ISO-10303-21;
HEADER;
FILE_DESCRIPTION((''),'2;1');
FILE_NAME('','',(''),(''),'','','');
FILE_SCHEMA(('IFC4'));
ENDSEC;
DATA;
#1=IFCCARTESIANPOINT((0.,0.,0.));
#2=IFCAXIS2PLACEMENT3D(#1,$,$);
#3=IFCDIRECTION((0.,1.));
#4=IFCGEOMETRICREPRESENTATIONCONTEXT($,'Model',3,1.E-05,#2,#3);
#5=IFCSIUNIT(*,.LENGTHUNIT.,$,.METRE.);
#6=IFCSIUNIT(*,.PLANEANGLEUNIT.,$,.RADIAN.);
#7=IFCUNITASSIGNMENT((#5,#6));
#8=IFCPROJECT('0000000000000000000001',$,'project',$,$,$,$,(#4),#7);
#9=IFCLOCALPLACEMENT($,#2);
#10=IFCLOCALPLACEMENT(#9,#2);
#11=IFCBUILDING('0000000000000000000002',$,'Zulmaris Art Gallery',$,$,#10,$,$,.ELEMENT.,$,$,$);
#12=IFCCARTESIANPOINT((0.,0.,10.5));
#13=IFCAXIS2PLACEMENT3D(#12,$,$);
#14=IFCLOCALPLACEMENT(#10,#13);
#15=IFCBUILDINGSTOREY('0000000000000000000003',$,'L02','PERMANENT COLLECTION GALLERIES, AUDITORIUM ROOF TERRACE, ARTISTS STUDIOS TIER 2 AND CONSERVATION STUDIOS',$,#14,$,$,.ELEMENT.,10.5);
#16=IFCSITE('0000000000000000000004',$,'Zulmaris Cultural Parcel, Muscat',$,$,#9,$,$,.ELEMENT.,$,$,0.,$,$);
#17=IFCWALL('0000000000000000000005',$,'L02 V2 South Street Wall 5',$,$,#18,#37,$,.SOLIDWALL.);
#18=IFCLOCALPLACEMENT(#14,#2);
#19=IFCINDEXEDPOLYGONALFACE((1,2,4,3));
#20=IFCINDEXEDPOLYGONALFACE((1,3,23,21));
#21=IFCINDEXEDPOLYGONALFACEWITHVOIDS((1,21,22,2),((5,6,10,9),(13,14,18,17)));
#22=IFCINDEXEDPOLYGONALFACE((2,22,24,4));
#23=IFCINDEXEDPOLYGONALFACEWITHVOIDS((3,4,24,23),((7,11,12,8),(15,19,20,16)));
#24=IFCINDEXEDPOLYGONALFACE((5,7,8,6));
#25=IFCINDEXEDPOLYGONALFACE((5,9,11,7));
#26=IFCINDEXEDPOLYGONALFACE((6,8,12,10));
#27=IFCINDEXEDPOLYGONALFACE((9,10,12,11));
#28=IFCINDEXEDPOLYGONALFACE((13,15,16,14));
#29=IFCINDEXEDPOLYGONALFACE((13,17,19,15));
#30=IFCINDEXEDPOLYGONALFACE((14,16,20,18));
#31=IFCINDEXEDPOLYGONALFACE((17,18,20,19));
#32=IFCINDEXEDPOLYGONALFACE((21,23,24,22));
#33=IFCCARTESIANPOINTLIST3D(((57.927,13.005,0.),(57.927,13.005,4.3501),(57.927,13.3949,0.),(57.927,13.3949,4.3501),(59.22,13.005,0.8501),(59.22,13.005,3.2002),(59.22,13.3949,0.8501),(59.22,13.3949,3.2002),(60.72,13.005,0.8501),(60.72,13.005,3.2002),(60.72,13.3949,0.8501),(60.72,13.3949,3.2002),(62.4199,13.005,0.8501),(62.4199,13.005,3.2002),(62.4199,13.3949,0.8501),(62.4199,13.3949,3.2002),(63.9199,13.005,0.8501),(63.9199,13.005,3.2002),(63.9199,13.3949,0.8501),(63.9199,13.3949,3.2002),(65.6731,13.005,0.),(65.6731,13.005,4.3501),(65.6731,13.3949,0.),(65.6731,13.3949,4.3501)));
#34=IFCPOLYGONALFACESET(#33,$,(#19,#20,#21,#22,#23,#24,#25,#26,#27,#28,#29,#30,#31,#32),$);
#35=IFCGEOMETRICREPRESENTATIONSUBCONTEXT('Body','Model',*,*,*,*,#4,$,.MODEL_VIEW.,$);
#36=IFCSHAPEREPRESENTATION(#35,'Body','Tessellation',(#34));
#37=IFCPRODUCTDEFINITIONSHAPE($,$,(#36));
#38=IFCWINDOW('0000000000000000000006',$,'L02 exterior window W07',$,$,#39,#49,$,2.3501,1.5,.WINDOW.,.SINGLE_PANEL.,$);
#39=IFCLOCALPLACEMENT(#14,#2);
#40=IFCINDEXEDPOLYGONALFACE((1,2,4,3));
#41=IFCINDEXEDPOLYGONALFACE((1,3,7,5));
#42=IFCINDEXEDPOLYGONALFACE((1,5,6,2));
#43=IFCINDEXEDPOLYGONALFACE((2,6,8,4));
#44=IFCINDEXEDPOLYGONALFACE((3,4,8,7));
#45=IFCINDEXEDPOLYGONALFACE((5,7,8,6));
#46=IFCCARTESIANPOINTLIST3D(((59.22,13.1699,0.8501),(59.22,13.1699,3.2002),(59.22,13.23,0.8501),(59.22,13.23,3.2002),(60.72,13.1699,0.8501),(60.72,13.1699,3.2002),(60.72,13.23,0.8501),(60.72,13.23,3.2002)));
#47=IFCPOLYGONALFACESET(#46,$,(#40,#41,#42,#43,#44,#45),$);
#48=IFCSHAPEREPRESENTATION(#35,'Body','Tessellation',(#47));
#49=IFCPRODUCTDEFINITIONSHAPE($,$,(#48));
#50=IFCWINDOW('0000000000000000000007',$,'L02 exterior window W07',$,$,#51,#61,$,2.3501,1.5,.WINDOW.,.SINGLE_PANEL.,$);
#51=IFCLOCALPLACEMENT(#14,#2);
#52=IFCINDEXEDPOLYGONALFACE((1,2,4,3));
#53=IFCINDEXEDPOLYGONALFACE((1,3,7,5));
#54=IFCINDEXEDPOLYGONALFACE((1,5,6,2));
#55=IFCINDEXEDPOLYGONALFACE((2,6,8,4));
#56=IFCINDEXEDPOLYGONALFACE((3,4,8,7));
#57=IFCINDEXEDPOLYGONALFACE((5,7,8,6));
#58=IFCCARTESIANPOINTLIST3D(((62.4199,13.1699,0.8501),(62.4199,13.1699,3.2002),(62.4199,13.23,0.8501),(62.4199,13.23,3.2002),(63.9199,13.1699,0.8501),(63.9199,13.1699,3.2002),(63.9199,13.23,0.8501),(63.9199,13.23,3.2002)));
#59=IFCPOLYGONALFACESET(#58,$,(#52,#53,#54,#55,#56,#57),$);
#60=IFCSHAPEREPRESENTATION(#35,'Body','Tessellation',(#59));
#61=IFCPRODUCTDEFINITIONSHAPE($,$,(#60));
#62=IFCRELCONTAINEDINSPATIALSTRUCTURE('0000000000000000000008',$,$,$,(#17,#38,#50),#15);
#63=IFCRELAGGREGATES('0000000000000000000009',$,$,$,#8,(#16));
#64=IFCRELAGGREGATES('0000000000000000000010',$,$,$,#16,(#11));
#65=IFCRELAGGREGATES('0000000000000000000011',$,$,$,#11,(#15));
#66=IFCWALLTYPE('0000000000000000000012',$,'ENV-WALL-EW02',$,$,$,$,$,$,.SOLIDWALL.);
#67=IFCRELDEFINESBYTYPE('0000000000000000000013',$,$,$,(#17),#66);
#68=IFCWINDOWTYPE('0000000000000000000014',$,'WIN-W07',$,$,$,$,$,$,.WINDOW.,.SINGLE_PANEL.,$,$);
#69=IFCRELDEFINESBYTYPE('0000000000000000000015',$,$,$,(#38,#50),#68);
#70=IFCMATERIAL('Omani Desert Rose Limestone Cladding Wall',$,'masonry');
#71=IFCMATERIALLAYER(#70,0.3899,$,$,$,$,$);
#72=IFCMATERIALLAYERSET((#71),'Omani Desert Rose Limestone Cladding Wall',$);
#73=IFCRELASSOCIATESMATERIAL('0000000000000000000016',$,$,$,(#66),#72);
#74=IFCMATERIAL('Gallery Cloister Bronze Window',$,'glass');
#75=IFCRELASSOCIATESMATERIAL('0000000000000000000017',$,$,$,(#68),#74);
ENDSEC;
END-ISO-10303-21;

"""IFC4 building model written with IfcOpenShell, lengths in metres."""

from ifc_helpers import new_model, si_unit, direction, frame, frame_2d, origin, place, context, subcontext, project, spatial, rectangle, extrude, material, layer, layer_set, type_object, element, fill, save


model = new_model("IFC4")

# Units and contexts
model_context = context("Model", 3, precision=1e-05, world=origin(), true_north=direction((0.0, 1.0)))
body_context = subcontext(model_context, "Body", "Model", "MODEL_VIEW")
ifc_project = project(units=[si_unit("LENGTHUNIT", "METRE"), si_unit("PLANEANGLEUNIT", "RADIAN")], contexts=[model_context])

# Site, building, storey
site_placement = place(None, origin())
site = spatial("IfcSite", under=ifc_project, at=site_placement, Name="Zulmaris Cultural Parcel, Muscat", CompositionType="ELEMENT", RefElevation=0.0)
building_placement = place(site_placement, origin())
building = spatial("IfcBuilding", under=site, at=building_placement, Name="Zulmaris Art Gallery", CompositionType="ELEMENT")
storey_placement = place(building_placement, frame((0.0, 0.0, 10.5)))
storey = spatial("IfcBuildingStorey", under=building, at=storey_placement, Name="L02", Description="PERMANENT COLLECTION GALLERIES, AUDITORIUM ROOF TERRACE, ARTISTS STUDIOS TIER 2 AND CONSERVATION STUDIOS", CompositionType="ELEMENT", Elevation=10.5)

# Wall, openings, windows
ifc_material_1 = material(Name="Omani Desert Rose Limestone Cladding Wall", Category="masonry")
ifc_layer_1 = layer(ifc_material_1, 0.3899)
ifc_layer_set_1 = layer_set([ifc_layer_1], Name="Omani Desert Rose Limestone Cladding Wall")
wall_type = type_object("IfcWallType", Name="ENV-WALL-EW02", PredefinedType="SOLIDWALL", material=ifc_layer_set_1)
wall_placement = place(storey_placement, frame((57.927, 13.2, 0.0), z_axis=(0.0, 0.0, 1.0), x_axis=(1.0, 0.0, 0.0)))
wall = element("IfcWall", 1, at=wall_placement, inside=storey, type_object=wall_type, Name="L02 V2 South Street Wall 5", PredefinedType="SOLIDWALL", context=body_context, shape_type="SweptSolid", body=[
    extrude(rectangle(XDim=7.7461, YDim=0.3899, at=frame_2d((3.873, 0.0))), origin(), (0.0, 0.0, 1.0), 4.3501),
])
opening_1_placement = place(wall_placement, frame((1.293, 0.0, 0.8501)))
opening_1 = element("IfcOpeningElement", 2, at=opening_1_placement, cuts=wall, PredefinedType="OPENING", context=body_context, shape_type="SweptSolid", body=[
    extrude(rectangle(XDim=1.5, YDim=2.3501, at=frame_2d((0.75, 1.175))), frame((0.0, 0.2048, 0.0), z_axis=(0.0, -1.0, 0.0), x_axis=(1.0, 0.0, 0.0)), (0.0, 0.0, 1.0), 0.4099),
])
opening_2_placement = place(wall_placement, frame((4.4929, 0.0, 0.8501)))
opening_2 = element("IfcOpeningElement", 3, at=opening_2_placement, cuts=wall, PredefinedType="OPENING", context=body_context, shape_type="SweptSolid", body=[
    extrude(rectangle(XDim=1.5, YDim=2.3501, at=frame_2d((0.75, 1.175))), frame((0.0, 0.2048, 0.0), z_axis=(0.0, -1.0, 0.0), x_axis=(1.0, 0.0, 0.0)), (0.0, 0.0, 1.0), 0.4099),
])
ifc_material_2 = material(Name="Gallery Cloister Bronze Window", Category="glass")
window_type = type_object("IfcWindowType", Name="WIN-W07", PartitioningType="SINGLE_PANEL", PredefinedType="WINDOW", material=ifc_material_2)
window_1_placement = place(opening_1_placement, origin())
window_1 = element("IfcWindow", 4, at=window_1_placement, inside=storey, type_object=window_type, Name="L02 exterior window W07", OverallHeight=2.3501, OverallWidth=1.5, PartitioningType="SINGLE_PANEL", PredefinedType="WINDOW", context=body_context, shape_type="SweptSolid", body=[
    extrude(rectangle(XDim=1.5, YDim=2.3501, at=frame_2d((0.75, 1.175))), frame((0.0, 0.03, 0.0), z_axis=(0.0, -1.0, 0.0), x_axis=(1.0, 0.0, 0.0)), (0.0, 0.0, 1.0), 0.0601),
])
fill(opening_1, window_1)
window_2_placement = place(opening_2_placement, origin())
window_2 = element("IfcWindow", 5, at=window_2_placement, inside=storey, type_object=window_type, Name="L02 exterior window W07", OverallHeight=2.3501, OverallWidth=1.5, PartitioningType="SINGLE_PANEL", PredefinedType="WINDOW", context=body_context, shape_type="SweptSolid", body=[
    extrude(rectangle(XDim=1.5, YDim=2.3501, at=frame_2d((0.75, 1.175))), frame((0.0, 0.03, 0.0), z_axis=(0.0, -1.0, 0.0), x_axis=(1.0, 0.0, 0.0)), (0.0, 0.0, 1.0), 0.0601),
])
fill(opening_2, window_2)

save(model, "model.ifc")
